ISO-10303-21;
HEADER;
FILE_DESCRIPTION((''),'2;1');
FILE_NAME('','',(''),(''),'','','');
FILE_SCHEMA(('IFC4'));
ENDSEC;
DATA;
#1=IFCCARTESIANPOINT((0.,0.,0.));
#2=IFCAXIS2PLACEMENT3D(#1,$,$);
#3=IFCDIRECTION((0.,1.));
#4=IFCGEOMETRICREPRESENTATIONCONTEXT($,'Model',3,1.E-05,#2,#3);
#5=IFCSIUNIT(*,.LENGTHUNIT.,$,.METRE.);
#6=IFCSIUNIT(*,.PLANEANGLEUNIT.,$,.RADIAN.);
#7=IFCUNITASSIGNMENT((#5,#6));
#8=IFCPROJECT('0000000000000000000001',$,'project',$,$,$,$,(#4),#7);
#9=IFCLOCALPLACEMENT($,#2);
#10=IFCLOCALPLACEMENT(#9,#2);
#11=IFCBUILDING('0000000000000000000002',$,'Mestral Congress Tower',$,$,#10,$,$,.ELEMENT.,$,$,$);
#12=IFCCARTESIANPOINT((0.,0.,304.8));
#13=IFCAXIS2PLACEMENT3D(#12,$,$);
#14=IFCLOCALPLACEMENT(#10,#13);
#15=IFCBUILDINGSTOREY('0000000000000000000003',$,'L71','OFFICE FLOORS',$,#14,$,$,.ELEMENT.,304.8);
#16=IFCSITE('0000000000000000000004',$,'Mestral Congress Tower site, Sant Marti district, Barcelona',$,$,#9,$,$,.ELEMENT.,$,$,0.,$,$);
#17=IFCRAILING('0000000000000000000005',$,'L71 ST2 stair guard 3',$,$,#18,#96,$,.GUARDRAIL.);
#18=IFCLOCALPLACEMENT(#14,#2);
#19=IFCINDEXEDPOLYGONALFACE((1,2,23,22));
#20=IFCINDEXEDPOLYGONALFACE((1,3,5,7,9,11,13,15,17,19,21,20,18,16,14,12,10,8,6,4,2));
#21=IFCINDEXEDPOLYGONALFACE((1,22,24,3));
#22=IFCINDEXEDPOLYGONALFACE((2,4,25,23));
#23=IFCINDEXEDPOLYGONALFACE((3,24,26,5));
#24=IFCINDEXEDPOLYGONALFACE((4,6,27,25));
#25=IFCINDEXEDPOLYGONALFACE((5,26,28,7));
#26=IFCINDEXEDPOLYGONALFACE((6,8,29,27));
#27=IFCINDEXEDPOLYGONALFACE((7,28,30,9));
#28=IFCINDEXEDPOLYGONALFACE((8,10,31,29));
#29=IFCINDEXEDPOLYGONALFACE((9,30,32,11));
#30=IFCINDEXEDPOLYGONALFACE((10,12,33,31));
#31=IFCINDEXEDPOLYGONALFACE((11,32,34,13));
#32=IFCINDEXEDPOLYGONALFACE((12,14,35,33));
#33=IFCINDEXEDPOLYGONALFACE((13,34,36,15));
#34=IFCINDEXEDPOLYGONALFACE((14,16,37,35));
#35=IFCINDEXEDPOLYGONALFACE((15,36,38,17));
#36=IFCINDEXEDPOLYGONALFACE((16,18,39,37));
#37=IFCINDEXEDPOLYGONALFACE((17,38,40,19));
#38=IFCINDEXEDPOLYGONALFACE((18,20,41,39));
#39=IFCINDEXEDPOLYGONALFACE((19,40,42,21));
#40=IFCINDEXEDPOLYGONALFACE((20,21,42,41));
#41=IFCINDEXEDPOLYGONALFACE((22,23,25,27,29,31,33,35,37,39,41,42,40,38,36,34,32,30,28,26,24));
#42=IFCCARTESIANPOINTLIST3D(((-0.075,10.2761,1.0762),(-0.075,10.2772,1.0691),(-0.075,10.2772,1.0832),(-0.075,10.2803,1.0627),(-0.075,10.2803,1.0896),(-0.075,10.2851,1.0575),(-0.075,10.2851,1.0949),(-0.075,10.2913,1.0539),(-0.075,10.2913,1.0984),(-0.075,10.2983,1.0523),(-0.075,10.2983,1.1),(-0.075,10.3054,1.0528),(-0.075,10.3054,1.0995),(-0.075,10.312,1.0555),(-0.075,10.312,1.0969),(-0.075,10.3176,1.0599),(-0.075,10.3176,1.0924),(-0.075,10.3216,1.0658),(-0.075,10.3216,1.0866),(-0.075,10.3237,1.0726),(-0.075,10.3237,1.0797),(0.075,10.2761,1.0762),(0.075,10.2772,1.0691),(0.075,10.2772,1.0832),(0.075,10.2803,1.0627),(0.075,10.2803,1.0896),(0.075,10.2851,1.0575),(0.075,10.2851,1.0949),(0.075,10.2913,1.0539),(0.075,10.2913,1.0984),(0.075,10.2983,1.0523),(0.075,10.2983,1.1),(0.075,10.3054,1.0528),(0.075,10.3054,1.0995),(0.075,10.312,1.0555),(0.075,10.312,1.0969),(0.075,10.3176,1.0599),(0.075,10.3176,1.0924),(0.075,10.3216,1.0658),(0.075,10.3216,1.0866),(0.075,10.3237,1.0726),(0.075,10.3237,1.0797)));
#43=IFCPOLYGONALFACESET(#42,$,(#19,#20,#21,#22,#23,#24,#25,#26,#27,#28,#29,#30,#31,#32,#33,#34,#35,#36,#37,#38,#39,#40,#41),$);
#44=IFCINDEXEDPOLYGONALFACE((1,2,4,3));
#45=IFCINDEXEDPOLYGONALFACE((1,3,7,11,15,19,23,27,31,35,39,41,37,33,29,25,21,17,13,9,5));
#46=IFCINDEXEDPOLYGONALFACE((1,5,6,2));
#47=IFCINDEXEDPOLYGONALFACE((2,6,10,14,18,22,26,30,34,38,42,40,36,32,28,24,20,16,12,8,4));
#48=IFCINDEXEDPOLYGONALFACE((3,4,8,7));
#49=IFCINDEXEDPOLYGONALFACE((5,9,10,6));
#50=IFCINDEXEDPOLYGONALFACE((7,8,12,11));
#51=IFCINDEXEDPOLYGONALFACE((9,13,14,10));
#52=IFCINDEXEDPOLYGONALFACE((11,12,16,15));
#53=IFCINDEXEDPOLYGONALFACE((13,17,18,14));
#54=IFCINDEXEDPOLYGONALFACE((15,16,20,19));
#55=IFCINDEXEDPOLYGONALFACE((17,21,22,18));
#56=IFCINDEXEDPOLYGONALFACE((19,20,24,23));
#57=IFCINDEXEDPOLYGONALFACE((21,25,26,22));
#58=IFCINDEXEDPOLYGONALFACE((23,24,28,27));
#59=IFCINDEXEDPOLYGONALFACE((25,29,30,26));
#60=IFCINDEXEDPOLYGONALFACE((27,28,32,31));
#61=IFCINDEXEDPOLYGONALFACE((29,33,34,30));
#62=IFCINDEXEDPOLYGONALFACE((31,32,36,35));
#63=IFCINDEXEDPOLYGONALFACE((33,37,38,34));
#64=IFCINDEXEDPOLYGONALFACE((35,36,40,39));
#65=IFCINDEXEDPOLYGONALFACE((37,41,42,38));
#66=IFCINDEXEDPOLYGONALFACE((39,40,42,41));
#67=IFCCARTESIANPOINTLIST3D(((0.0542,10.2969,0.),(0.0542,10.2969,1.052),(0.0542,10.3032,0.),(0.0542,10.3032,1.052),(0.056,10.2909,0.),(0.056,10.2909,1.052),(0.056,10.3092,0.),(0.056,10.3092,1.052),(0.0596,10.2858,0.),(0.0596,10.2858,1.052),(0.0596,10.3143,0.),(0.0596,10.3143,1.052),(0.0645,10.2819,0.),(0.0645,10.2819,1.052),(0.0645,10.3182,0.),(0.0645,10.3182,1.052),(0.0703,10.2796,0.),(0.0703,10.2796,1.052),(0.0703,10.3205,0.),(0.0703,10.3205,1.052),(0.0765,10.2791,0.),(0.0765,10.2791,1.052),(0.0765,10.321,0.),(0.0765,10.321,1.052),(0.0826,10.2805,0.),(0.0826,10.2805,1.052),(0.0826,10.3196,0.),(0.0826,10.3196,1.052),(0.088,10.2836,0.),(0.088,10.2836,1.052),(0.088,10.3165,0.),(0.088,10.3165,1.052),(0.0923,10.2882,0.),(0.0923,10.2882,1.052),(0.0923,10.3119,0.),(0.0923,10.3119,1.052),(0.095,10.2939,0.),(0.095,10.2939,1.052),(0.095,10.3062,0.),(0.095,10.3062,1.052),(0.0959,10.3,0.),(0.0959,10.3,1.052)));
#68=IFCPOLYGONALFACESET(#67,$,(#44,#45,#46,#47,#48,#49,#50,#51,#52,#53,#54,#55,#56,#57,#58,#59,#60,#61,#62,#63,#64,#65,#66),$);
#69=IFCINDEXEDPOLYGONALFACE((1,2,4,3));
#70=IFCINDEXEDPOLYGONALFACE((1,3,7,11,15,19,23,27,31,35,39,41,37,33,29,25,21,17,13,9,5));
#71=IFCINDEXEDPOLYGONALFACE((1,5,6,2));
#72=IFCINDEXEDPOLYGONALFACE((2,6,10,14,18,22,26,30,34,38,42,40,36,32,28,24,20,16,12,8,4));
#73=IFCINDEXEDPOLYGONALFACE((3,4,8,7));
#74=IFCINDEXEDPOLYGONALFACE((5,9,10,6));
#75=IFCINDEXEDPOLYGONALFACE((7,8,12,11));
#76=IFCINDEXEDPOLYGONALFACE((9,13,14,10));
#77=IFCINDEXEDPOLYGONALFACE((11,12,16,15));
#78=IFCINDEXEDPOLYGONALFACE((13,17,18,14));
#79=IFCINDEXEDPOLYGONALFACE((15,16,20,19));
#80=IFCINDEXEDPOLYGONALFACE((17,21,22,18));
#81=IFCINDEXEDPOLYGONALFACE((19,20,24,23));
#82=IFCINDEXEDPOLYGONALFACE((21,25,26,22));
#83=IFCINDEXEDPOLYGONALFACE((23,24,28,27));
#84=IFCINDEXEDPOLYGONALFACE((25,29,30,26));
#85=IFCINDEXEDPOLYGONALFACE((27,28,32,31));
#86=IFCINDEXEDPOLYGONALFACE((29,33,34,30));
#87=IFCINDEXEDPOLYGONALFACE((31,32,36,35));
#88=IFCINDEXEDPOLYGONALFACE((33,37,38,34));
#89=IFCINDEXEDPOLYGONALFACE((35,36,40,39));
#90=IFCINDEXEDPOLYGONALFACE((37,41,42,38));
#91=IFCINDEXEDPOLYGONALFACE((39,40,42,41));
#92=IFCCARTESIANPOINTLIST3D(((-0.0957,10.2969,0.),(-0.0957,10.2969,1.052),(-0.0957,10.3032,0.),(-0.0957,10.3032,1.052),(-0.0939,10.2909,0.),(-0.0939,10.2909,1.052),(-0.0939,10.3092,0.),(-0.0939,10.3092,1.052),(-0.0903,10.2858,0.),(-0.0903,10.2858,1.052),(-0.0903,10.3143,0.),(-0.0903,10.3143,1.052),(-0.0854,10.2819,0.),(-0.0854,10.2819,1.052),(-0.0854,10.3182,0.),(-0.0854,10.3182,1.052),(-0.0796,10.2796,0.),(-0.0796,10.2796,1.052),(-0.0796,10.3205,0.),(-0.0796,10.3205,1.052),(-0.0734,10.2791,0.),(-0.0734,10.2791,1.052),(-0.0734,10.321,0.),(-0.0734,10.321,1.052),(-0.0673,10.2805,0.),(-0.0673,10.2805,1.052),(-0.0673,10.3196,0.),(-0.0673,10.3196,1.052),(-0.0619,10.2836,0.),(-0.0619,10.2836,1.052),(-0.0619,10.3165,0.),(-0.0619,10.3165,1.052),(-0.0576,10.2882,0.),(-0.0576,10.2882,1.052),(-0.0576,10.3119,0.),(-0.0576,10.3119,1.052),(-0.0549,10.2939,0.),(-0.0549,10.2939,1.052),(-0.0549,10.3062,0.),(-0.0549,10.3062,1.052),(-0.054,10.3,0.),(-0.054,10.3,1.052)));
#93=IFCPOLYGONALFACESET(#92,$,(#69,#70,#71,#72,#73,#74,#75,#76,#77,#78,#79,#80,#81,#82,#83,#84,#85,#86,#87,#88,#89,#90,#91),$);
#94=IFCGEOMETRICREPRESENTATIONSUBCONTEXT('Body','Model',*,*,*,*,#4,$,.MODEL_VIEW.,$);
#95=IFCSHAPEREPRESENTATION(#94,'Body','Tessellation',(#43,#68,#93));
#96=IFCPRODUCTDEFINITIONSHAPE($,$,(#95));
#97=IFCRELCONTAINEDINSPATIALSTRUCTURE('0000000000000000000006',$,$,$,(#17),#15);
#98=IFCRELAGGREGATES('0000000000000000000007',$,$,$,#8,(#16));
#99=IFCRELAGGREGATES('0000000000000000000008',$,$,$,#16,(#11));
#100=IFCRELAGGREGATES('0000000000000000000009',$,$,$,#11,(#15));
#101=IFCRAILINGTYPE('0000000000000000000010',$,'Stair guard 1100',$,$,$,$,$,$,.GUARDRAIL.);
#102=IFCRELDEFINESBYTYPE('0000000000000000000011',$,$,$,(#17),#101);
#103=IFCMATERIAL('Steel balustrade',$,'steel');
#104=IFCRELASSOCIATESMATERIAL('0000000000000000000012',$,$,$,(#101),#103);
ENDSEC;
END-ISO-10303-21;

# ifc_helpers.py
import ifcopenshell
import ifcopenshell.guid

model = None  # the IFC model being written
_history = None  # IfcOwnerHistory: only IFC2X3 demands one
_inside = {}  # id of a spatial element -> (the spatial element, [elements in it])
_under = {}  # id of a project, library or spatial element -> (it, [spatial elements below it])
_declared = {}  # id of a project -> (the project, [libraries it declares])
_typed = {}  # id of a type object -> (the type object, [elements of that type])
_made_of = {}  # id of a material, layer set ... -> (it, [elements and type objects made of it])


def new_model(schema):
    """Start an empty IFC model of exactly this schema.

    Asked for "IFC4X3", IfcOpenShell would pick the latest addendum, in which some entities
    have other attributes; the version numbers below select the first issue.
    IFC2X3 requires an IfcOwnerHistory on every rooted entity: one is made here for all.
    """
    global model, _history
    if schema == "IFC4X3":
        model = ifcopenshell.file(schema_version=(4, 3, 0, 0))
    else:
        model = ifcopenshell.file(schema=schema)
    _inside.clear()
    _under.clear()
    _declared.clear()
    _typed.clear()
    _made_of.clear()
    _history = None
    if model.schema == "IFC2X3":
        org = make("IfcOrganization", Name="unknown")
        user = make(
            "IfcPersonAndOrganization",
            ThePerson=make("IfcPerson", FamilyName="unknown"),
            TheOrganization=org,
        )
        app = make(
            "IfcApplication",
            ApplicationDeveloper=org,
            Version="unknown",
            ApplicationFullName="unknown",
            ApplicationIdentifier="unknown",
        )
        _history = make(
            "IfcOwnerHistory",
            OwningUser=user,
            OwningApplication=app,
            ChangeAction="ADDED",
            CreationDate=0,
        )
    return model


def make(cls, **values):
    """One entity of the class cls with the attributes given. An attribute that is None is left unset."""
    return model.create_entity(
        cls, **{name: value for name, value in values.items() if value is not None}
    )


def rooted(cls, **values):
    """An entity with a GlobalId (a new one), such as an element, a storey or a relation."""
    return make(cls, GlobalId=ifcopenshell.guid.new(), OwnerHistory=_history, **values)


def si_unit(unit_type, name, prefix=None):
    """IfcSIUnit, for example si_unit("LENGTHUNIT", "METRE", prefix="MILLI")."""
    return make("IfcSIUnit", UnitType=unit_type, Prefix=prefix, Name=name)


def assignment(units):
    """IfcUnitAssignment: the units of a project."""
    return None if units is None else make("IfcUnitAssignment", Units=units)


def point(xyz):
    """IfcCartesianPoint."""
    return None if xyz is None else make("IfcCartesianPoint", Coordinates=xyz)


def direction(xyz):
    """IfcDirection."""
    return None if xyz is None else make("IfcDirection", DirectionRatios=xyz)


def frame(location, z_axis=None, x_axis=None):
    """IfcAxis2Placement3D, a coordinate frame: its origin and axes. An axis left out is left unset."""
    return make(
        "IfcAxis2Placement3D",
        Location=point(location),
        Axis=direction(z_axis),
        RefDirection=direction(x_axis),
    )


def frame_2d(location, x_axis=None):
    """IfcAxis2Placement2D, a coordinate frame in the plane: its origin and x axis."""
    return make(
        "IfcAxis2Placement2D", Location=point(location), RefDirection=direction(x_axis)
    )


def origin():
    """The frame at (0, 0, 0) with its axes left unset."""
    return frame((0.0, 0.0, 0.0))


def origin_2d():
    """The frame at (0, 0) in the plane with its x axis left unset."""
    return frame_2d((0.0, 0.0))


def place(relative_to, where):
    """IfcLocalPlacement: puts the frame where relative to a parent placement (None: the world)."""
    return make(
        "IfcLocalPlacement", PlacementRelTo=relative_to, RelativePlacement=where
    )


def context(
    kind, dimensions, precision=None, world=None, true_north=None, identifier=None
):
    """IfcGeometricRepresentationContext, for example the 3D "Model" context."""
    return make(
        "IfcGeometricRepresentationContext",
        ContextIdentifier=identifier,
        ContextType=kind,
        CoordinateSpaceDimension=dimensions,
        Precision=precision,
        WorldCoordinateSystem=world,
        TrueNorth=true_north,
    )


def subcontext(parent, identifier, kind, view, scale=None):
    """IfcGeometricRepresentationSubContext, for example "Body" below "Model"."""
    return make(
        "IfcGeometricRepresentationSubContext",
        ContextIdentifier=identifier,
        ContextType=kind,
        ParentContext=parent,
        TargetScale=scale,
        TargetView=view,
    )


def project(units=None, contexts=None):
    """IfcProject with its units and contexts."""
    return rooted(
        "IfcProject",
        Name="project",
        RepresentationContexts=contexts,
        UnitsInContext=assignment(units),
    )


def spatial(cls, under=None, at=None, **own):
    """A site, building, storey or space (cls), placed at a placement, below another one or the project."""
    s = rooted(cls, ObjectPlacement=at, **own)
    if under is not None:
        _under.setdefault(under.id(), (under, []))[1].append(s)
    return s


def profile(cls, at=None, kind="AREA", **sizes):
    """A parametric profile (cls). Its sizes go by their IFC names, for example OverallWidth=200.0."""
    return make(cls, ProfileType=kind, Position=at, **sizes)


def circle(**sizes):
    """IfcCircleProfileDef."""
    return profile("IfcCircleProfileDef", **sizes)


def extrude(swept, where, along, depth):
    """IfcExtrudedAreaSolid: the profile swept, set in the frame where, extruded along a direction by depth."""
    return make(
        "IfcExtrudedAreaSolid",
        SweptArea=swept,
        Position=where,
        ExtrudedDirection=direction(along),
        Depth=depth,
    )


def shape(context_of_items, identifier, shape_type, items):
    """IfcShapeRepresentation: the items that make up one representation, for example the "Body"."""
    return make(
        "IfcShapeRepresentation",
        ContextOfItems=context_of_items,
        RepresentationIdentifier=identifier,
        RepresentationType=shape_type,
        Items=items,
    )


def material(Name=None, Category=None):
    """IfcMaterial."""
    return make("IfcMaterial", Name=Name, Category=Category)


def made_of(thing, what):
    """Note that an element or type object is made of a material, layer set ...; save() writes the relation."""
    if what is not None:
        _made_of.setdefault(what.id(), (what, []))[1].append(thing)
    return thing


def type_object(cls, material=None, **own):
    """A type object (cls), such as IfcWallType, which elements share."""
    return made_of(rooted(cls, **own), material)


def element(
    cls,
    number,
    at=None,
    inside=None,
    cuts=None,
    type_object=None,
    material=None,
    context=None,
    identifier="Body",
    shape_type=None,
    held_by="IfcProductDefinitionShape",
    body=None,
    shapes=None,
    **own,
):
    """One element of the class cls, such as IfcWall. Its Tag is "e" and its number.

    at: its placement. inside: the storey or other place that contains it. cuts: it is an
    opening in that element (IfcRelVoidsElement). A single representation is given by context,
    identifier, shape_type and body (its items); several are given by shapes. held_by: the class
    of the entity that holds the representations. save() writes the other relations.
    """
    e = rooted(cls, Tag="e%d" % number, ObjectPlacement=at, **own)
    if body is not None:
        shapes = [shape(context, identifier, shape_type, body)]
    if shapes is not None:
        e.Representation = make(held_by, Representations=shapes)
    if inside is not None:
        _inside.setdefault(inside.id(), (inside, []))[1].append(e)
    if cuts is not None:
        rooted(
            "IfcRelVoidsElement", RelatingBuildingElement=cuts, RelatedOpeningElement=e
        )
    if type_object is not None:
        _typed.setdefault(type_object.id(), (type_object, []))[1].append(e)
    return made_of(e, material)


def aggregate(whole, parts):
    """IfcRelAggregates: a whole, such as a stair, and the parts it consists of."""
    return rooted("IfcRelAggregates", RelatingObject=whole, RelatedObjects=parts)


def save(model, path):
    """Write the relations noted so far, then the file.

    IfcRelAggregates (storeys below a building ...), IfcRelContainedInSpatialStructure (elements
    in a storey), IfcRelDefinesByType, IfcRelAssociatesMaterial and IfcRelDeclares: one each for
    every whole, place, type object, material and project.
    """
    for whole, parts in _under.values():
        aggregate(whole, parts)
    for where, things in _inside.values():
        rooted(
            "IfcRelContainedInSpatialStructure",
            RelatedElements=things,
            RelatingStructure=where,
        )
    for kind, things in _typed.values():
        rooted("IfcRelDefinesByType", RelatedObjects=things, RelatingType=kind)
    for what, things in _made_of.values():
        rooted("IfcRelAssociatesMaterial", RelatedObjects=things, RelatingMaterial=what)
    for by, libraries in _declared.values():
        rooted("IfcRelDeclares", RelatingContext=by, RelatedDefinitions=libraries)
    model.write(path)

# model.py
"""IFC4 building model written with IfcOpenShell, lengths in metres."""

from ifc_helpers import new_model, si_unit, direction, frame, origin, origin_2d, place, context, subcontext, project, spatial, circle, extrude, material, type_object, element, save


model = new_model("IFC4")

# Units and contexts
model_context = context("Model", 3, precision=1e-05, world=origin(), true_north=direction((0.0, 1.0)))
body_context = subcontext(model_context, "Body", "Model", "MODEL_VIEW")
ifc_project = project(units=[si_unit("LENGTHUNIT", "METRE"), si_unit("PLANEANGLEUNIT", "RADIAN")], contexts=[model_context])

# Site, building, storey
site_placement = place(None, origin())
site = spatial("IfcSite", under=ifc_project, at=site_placement, Name="Mestral Congress Tower site, Sant Marti district, Barcelona", CompositionType="ELEMENT", RefElevation=0.0)
building_placement = place(site_placement, origin())
building = spatial("IfcBuilding", under=site, at=building_placement, Name="Mestral Congress Tower", CompositionType="ELEMENT")
storey_placement = place(building_placement, frame((0.0, 0.0, 304.8)))
storey = spatial("IfcBuildingStorey", under=building, at=storey_placement, Name="L71", Description="OFFICE FLOORS", CompositionType="ELEMENT", Elevation=304.8)

# Railing
ifc_material_1 = material(Name="Steel balustrade", Category="steel")
railing_type_1 = type_object("IfcRailingType", Name="Stair guard 1100", PredefinedType="GUARDRAIL", material=ifc_material_1)
railing_1_placement = place(storey_placement, frame((0.075, 10.3, 0.0)))
element("IfcRailing", 1, at=railing_1_placement, inside=storey, type_object=railing_type_1, Name="L71 ST2 stair guard 3", PredefinedType="GUARDRAIL", context=body_context, shape_type="SweptSolid", body=[
    extrude(circle(Radius=0.0239, at=origin_2d()), frame((0.0, 0.0, 1.0762), z_axis=(-1.0, 0.0, 0.0), x_axis=(0.0, -1.0, 0.0)), (0.0, 0.0, 1.0), 0.1499),
    extrude(circle(Radius=0.021, at=origin_2d()), origin(), (0.0, 0.0, 1.0), 1.052),
    extrude(circle(Radius=0.021, at=origin_2d()), frame((-0.1499, 0.0, 0.0)), (0.0, 0.0, 1.0), 1.052),
])

save(model, "model.ifc")
